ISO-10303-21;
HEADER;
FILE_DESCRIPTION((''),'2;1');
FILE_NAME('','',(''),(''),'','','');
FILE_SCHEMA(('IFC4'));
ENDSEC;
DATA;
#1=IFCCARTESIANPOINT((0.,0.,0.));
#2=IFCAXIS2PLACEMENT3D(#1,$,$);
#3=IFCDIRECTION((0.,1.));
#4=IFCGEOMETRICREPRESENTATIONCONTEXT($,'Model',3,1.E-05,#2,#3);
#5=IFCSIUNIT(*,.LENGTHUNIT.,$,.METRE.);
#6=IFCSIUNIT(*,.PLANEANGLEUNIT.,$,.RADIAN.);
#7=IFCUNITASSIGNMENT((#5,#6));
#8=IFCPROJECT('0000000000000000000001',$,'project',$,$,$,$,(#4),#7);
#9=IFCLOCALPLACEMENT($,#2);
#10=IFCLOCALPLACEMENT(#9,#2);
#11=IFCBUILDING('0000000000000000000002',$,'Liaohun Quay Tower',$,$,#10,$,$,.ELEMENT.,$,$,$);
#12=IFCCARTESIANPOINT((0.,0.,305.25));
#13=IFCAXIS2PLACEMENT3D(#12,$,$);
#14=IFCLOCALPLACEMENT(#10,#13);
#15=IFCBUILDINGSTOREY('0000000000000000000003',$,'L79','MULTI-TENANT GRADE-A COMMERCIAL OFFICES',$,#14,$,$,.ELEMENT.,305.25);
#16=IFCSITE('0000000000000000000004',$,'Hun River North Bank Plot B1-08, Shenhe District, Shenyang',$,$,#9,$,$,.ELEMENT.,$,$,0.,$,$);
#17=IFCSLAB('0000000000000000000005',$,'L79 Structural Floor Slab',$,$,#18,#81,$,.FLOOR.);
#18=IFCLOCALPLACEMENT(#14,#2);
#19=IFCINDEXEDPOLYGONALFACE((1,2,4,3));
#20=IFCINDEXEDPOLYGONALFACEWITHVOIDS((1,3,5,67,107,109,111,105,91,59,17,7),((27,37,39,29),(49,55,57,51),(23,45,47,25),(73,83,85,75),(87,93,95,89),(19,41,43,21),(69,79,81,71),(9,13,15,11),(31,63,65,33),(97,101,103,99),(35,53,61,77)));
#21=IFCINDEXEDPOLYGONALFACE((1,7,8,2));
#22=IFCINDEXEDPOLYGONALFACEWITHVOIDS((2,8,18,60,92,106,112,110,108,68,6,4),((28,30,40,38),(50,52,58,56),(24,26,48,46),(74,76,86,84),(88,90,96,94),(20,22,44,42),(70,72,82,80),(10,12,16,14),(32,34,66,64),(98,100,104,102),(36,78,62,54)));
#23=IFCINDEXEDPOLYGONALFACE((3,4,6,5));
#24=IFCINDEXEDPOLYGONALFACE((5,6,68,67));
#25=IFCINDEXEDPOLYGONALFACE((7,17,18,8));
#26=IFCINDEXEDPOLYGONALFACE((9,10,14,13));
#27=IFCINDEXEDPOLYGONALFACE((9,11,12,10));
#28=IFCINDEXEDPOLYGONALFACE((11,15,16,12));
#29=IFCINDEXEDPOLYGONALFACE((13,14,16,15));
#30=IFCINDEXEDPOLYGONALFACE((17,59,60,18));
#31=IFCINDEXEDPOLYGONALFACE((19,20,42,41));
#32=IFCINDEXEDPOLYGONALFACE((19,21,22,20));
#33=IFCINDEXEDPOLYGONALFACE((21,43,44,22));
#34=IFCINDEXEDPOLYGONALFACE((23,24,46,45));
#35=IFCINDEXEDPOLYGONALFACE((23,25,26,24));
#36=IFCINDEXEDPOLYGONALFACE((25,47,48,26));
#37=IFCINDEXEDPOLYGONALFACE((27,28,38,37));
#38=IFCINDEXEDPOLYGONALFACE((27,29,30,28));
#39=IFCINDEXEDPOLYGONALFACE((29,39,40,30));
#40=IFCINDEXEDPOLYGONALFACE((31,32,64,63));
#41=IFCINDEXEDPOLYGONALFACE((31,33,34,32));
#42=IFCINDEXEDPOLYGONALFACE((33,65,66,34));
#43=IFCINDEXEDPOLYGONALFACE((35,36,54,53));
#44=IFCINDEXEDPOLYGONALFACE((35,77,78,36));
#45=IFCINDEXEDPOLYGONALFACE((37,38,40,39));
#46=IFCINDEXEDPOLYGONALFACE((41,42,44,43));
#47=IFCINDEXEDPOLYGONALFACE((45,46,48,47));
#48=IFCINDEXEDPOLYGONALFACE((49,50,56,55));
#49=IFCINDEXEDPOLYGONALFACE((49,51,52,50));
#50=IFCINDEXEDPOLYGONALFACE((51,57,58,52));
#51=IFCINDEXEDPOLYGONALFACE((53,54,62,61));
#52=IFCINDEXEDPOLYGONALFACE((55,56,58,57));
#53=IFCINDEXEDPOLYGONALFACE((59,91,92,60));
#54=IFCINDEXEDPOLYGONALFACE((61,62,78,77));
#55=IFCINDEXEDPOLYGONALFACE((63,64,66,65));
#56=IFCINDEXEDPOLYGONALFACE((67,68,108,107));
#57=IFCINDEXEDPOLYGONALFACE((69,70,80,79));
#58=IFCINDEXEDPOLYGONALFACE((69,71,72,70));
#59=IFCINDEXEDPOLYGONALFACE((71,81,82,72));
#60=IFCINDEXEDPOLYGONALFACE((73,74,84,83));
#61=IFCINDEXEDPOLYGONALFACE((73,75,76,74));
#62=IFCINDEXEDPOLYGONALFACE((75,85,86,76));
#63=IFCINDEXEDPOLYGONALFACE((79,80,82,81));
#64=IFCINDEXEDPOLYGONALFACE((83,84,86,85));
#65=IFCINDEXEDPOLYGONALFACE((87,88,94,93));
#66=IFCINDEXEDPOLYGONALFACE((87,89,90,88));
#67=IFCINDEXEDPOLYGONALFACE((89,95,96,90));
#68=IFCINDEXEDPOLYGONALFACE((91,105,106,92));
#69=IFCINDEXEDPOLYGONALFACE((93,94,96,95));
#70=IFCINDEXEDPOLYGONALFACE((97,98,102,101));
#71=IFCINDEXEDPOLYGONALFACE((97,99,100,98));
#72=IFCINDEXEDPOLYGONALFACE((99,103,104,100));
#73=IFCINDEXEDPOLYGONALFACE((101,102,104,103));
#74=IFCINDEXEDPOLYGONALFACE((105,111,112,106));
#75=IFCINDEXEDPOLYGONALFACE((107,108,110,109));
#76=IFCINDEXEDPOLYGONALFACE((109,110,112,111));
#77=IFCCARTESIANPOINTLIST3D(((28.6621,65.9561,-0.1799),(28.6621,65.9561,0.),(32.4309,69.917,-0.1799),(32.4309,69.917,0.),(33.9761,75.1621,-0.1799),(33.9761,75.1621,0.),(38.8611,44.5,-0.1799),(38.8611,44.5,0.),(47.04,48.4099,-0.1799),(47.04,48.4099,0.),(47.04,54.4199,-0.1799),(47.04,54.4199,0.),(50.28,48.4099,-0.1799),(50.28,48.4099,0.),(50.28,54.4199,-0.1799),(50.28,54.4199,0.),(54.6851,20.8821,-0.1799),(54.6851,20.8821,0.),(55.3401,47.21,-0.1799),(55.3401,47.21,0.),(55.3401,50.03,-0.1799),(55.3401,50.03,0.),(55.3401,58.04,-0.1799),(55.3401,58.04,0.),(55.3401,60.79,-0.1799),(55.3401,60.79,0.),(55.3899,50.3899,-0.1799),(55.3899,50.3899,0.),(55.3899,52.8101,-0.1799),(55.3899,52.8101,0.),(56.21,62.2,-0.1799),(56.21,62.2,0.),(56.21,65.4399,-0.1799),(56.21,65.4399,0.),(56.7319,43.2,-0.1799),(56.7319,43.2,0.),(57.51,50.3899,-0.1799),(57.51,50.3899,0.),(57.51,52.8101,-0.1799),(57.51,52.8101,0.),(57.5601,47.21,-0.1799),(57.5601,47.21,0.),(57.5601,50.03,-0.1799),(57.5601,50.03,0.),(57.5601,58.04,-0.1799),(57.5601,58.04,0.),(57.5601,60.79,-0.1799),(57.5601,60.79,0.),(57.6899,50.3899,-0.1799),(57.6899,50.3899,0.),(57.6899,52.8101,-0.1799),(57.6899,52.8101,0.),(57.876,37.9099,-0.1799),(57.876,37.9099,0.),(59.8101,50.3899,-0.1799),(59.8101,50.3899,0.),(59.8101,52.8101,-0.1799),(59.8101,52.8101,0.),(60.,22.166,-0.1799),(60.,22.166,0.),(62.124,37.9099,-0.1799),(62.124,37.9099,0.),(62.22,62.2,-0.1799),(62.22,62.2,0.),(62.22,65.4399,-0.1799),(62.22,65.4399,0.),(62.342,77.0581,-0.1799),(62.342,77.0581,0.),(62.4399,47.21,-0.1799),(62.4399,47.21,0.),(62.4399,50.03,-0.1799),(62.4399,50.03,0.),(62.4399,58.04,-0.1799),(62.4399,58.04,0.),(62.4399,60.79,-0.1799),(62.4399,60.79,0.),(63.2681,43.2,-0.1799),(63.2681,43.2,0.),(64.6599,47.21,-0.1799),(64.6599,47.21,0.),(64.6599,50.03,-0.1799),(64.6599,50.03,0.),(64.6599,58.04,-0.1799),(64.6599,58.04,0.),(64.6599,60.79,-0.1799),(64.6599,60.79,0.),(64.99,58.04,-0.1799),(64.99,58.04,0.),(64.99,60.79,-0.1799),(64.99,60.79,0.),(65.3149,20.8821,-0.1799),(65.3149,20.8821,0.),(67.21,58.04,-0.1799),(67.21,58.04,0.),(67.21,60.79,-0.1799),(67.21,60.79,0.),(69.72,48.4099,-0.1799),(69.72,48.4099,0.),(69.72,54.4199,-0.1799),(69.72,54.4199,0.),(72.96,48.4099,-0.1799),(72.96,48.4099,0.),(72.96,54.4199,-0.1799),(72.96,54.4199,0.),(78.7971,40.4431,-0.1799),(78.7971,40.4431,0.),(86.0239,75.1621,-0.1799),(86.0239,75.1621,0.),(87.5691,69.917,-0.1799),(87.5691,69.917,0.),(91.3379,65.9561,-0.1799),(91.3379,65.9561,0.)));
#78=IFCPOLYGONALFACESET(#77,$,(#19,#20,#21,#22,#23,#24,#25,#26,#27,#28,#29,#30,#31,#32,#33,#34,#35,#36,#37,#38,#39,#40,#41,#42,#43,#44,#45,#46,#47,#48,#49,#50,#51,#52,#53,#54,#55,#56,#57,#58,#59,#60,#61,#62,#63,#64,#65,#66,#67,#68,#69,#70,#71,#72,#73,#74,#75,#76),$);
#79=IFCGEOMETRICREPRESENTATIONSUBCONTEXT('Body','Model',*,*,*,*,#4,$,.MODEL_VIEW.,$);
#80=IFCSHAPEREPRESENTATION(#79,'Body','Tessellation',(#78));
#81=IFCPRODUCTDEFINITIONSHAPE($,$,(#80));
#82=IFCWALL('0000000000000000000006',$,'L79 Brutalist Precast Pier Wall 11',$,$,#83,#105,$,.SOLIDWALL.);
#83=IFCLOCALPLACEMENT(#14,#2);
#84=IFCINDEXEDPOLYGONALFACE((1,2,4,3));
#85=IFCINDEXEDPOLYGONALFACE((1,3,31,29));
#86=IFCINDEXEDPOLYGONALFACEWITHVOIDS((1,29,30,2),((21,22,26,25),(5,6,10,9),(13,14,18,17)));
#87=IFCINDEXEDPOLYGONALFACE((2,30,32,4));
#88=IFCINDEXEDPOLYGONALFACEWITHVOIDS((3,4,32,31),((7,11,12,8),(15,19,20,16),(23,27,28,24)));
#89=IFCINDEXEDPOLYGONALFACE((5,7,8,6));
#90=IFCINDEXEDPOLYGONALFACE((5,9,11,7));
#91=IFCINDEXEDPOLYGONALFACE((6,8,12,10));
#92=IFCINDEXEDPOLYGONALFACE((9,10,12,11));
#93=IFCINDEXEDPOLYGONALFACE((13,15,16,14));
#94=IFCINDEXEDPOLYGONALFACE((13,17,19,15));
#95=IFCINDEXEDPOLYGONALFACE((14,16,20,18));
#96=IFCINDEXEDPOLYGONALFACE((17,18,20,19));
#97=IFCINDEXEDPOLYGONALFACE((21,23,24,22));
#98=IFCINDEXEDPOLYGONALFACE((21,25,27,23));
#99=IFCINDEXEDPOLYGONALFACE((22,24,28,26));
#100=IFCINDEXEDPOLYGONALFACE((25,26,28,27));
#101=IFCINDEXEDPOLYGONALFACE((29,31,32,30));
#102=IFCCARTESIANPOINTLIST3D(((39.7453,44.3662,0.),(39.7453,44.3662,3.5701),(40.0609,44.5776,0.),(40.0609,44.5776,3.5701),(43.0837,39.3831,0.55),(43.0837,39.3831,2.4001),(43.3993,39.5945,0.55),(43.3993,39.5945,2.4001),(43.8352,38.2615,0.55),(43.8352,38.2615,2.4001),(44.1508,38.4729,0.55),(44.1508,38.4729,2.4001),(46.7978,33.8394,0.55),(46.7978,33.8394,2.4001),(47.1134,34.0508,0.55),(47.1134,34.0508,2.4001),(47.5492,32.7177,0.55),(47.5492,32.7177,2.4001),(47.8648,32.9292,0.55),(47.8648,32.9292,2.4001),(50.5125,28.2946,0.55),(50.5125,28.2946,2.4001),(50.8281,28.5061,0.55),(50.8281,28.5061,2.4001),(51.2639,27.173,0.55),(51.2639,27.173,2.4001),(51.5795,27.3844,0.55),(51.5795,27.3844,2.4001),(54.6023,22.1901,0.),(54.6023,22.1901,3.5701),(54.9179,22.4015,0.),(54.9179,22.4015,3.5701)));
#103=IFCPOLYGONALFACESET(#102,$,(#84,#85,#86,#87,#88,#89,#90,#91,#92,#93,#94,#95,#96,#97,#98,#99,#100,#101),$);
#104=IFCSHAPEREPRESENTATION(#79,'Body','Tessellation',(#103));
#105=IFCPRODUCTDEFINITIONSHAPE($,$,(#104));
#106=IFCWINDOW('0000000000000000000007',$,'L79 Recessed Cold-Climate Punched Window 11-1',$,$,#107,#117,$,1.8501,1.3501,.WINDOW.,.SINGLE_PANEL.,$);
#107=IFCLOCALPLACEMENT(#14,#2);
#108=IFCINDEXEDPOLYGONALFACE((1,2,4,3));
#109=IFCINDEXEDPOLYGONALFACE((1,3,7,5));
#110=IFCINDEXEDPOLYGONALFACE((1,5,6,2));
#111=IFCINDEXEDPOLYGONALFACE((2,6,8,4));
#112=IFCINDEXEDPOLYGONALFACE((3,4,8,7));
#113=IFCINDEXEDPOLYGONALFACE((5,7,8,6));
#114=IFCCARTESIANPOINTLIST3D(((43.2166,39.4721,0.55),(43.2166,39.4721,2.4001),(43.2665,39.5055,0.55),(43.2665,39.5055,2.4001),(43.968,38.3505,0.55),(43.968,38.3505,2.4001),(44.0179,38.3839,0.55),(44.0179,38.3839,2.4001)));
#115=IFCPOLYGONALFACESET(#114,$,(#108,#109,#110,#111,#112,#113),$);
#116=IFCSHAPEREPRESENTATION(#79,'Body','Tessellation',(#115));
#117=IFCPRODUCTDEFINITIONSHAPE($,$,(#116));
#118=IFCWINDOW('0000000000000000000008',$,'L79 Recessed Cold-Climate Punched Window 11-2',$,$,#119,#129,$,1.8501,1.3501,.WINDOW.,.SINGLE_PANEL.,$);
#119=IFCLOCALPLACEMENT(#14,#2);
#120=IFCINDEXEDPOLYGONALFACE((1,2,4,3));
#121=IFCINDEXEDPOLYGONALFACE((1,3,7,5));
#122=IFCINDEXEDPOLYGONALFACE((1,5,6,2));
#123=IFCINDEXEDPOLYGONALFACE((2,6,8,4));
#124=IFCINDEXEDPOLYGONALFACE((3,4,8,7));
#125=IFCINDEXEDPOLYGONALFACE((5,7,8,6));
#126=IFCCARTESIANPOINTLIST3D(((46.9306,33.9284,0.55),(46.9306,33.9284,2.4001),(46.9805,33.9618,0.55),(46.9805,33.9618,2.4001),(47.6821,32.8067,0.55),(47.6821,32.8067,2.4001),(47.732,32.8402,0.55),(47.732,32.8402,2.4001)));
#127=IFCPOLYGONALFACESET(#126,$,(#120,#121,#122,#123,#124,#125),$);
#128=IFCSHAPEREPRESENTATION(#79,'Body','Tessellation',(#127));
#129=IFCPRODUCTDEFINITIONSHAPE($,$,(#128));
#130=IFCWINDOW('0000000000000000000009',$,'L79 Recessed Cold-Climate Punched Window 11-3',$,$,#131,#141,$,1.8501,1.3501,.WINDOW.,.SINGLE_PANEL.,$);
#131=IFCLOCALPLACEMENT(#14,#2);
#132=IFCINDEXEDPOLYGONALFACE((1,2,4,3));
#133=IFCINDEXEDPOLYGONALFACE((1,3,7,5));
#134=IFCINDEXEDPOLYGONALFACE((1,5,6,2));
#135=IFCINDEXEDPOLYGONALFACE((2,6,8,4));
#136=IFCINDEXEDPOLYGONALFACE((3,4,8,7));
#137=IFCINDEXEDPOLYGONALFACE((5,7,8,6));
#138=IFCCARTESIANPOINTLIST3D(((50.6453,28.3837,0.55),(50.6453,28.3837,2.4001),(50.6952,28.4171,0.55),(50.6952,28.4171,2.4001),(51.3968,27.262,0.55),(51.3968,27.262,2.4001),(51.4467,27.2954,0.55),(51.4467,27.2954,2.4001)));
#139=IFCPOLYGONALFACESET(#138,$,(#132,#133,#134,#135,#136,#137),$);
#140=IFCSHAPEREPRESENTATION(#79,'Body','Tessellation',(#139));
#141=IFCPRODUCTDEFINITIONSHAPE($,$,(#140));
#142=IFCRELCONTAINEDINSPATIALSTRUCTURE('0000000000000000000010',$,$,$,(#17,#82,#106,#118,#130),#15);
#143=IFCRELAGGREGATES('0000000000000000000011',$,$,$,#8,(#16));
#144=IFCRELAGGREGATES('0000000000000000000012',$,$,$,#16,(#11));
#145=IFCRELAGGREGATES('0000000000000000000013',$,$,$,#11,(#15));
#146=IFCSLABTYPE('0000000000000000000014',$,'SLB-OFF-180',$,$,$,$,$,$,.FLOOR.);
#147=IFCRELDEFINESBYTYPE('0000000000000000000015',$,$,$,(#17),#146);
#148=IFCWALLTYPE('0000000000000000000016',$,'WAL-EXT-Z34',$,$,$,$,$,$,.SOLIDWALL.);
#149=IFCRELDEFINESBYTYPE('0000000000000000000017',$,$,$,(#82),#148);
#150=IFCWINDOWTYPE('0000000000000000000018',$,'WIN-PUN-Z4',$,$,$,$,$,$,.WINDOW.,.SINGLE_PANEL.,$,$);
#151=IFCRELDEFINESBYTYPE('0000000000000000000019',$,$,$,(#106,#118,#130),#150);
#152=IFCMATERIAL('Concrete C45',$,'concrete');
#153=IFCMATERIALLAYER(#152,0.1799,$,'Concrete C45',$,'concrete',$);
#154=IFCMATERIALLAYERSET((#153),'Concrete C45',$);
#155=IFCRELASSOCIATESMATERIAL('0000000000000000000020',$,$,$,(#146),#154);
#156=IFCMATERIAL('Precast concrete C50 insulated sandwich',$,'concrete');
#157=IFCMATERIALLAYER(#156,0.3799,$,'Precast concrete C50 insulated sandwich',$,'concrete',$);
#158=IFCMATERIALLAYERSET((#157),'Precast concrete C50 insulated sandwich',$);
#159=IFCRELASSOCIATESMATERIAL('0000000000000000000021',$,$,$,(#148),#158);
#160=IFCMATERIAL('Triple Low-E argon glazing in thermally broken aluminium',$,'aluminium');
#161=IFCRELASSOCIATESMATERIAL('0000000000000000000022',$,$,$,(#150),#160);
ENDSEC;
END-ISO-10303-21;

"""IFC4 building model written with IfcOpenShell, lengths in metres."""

from ifc_helpers import new_model, si_unit, direction, frame, frame_2d, origin, place, context, subcontext, project, spatial, polyline, rectangle, outline, extrude, source, transform, mapped, material, layer, layer_set, type_object, element, fill, save


model = new_model("IFC4")

# Units and contexts
model_context = context("Model", 3, precision=1e-05, world=origin(), true_north=direction((0.0, 1.0)))
body_context = subcontext(model_context, "Body", "Model", "MODEL_VIEW")
ifc_project = project(units=[si_unit("LENGTHUNIT", "METRE"), si_unit("PLANEANGLEUNIT", "RADIAN")], contexts=[model_context])

# Site, building, storey
site_placement = place(None, origin())
site = spatial("IfcSite", under=ifc_project, at=site_placement, Name="Hun River North Bank Plot B1-08, Shenhe District, Shenyang", CompositionType="ELEMENT", RefElevation=0.0)
building_placement = place(site_placement, origin())
building = spatial("IfcBuilding", under=site, at=building_placement, Name="Liaohun Quay Tower", CompositionType="ELEMENT")
storey_placement = place(building_placement, frame((0.0, 0.0, 305.25)))
storey = spatial("IfcBuildingStorey", under=building, at=storey_placement, Name="L79", Description="MULTI-TENANT GRADE-A COMMERCIAL OFFICES", CompositionType="ELEMENT", Elevation=305.25)

# Shared definitions
ifc_material_1 = material(Name="Concrete C45", Category="concrete")

# Slab
ifc_layer_1 = layer(ifc_material_1, 0.1799, Name="Concrete C45", Category="concrete")
ifc_layer_set_1 = layer_set([ifc_layer_1], Name="Concrete C45")
slab_type_1 = type_object("IfcSlabType", Name="SLB-OFF-180", PredefinedType="FLOOR", material=ifc_layer_set_1)
slab_1_placement = place(storey_placement, frame((0.0, 0.0, -0.1799)))
element("IfcSlab", 1, at=slab_1_placement, inside=storey, type_object=slab_type_1, Name="L79 Structural Floor Slab", PredefinedType="FLOOR", context=body_context, shape_type="SweptSolid", body=[
    extrude(outline(polyline([(54.6851, 20.8821), (60.0, 22.166), (65.3149, 20.8821), (78.7971, 40.4431), (91.3379, 65.9561), (87.5691, 69.917), (86.0239, 75.1621), (62.342, 77.0581), (33.9761, 75.1621), (32.4309, 69.917), (28.6621, 65.9561), (38.8611, 44.5), (54.6851, 20.8821)]), holes=[polyline([(57.5601, 50.03), (55.3401, 50.03), (55.3401, 47.21), (57.5601, 47.21), (57.5601, 50.03)]), polyline([(47.04, 54.4199), (47.04, 48.4099), (50.28, 48.4099), (50.28, 54.4199), (47.04, 54.4199)]), polyline([(57.51, 52.8101), (55.3899, 52.8101), (55.3899, 50.3899), (57.51, 50.3899), (57.51, 52.8101)]), polyline([(59.8101, 50.3899), (59.8101, 52.8101), (57.6899, 52.8101), (57.6899, 50.3899), (59.8101, 50.3899)]), polyline([(57.5601, 58.04), (57.5601, 60.79), (55.3401, 60.79), (55.3401, 58.04), (57.5601, 58.04)]), polyline([(62.22, 65.4399), (56.21, 65.4399), (56.21, 62.2), (62.22, 62.2), (62.22, 65.4399)]), polyline([(62.124, 37.9099), (63.2681, 43.2), (56.7319, 43.2), (57.876, 37.9099), (62.124, 37.9099)]), polyline([(64.6599, 47.21), (64.6599, 50.03), (62.4399, 50.03), (62.4399, 47.21), (64.6599, 47.21)]), polyline([(69.72, 54.4199), (69.72, 48.4099), (72.96, 48.4099), (72.96, 54.4199), (69.72, 54.4199)]), polyline([(64.6599, 58.04), (64.6599, 60.79), (62.4399, 60.79), (62.4399, 58.04), (64.6599, 58.04)]), polyline([(67.21, 58.04), (67.21, 60.79), (64.99, 60.79), (64.99, 58.04), (67.21, 58.04)])]), origin(), (0.0, 0.0, 1.0), 0.1799),
])

# Wall, openings, windows
ifc_material_2 = material(Name="Precast concrete C50 insulated sandwich", Category="concrete")
ifc_layer_2 = layer(ifc_material_2, 0.3799, Name="Precast concrete C50 insulated sandwich", Category="concrete")
ifc_layer_set_2 = layer_set([ifc_layer_2], Name="Precast concrete C50 insulated sandwich")
wall_type_1 = type_object("IfcWallType", Name="WAL-EXT-Z34", PredefinedType="SOLIDWALL", material=ifc_layer_set_2)
wall_1_placement = place(storey_placement, frame((39.9031, 44.4719, 0.0), z_axis=(0.0, 0.0, 1.0), x_axis=(0.55659, -0.830787, 0.0)))
wall_1 = element("IfcWall", 2, at=wall_1_placement, inside=storey, type_object=wall_type_1, Name="L79 Brutalist Precast Pier Wall 11", PredefinedType="SOLIDWALL", context=body_context, shape_type="SweptSolid", body=[
    extrude(rectangle(XDim=26.6929, YDim=0.3799, at=frame_2d((13.3464, 0.0))), origin(), (0.0, 0.0, 1.0), 3.5701),
])
shared_shape_1 = source(origin(), body_context, "Body", "SweptSolid", [
    extrude(rectangle(XDim=1.3501, YDim=1.8501, at=frame_2d((0.675, 0.925))), frame((0.0, 0.2, 0.0), z_axis=(0.0, -1.0, 0.0), x_axis=(1.0, 0.0, 0.0)), (0.0, 0.0, 1.0), 0.3999),
])
opening_1_placement = place(wall_1_placement, frame((5.998, 0.0, 0.55)))
opening_1 = element("IfcOpeningElement", 3, at=opening_1_placement, cuts=wall_1, PredefinedType="OPENING", context=body_context, shape_type="MappedRepresentation", body=[
    mapped(shared_shape_1, transform((0.0, 0.0, 0.0), x_axis=(1.0, 0.0, 0.0), y_axis=(0.0, 1.0, 0.0), z_axis=(0.0, 0.0, 1.0), scale=1.0)),
])
opening_2_placement = place(wall_1_placement, frame((12.6709, 0.0, 0.55)))
opening_2 = element("IfcOpeningElement", 4, at=opening_2_placement, cuts=wall_1, PredefinedType="OPENING", context=body_context, shape_type="MappedRepresentation", body=[
    mapped(shared_shape_1, transform((0.0, 0.0, 0.0), x_axis=(1.0, 0.0, 0.0), y_axis=(0.0, 1.0, 0.0), z_axis=(0.0, 0.0, 1.0), scale=1.0)),
])
opening_3_placement = place(wall_1_placement, frame((19.345, 0.0, 0.55)))
opening_3 = element("IfcOpeningElement", 5, at=opening_3_placement, cuts=wall_1, PredefinedType="OPENING", context=body_context, shape_type="MappedRepresentation", body=[
    mapped(shared_shape_1, transform((0.0, 0.0, 0.0), x_axis=(1.0, 0.0, 0.0), y_axis=(0.0, 1.0, 0.0), z_axis=(0.0, 0.0, 1.0), scale=1.0)),
])
ifc_material_3 = material(Name="Triple Low-E argon glazing in thermally broken aluminium", Category="aluminium")
window_type = type_object("IfcWindowType", Name="WIN-PUN-Z4", PartitioningType="SINGLE_PANEL", PredefinedType="WINDOW", material=ifc_material_3)
shared_shape_2 = source(origin(), body_context, "Body", "SweptSolid", [
    extrude(rectangle(XDim=1.3501, YDim=1.8501, at=frame_2d((0.675, 0.925))), frame((0.0, 0.03, 0.0), z_axis=(0.0, -1.0, 0.0), x_axis=(1.0, 0.0, 0.0)), (0.0, 0.0, 1.0), 0.0601),
])
window_1_placement = place(opening_1_placement, origin())
window_1 = element("IfcWindow", 6, at=window_1_placement, inside=storey, type_object=window_type, Name="L79 Recessed Cold-Climate Punched Window 11-1", OverallHeight=1.8501, OverallWidth=1.3501, PartitioningType="SINGLE_PANEL", PredefinedType="WINDOW", context=body_context, shape_type="MappedRepresentation", body=[
    mapped(shared_shape_2, transform((0.0, 0.0, 0.0), x_axis=(1.0, 0.0, 0.0), y_axis=(0.0, 1.0, 0.0), z_axis=(0.0, 0.0, 1.0), scale=1.0)),
])
fill(opening_1, window_1)
window_2_placement = place(opening_2_placement, origin())
window_2 = element("IfcWindow", 7, at=window_2_placement, inside=storey, type_object=window_type, Name="L79 Recessed Cold-Climate Punched Window 11-2", OverallHeight=1.8501, OverallWidth=1.3501, PartitioningType="SINGLE_PANEL", PredefinedType="WINDOW", context=body_context, shape_type="MappedRepresentation", body=[
    mapped(shared_shape_2, transform((0.0, 0.0, 0.0), x_axis=(1.0, 0.0, 0.0), y_axis=(0.0, 1.0, 0.0), z_axis=(0.0, 0.0, 1.0), scale=1.0)),
])
fill(opening_2, window_2)
window_3_placement = place(opening_3_placement, origin())
window_3 = element("IfcWindow", 8, at=window_3_placement, inside=storey, type_object=window_type, Name="L79 Recessed Cold-Climate Punched Window 11-3", OverallHeight=1.8501, OverallWidth=1.3501, PartitioningType="SINGLE_PANEL", PredefinedType="WINDOW", context=body_context, shape_type="MappedRepresentation", body=[
    mapped(shared_shape_2, transform((0.0, 0.0, 0.0), x_axis=(1.0, 0.0, 0.0), y_axis=(0.0, 1.0, 0.0), z_axis=(0.0, 0.0, 1.0), scale=1.0)),
])
fill(opening_3, window_3)

save(model, "model.ifc")
